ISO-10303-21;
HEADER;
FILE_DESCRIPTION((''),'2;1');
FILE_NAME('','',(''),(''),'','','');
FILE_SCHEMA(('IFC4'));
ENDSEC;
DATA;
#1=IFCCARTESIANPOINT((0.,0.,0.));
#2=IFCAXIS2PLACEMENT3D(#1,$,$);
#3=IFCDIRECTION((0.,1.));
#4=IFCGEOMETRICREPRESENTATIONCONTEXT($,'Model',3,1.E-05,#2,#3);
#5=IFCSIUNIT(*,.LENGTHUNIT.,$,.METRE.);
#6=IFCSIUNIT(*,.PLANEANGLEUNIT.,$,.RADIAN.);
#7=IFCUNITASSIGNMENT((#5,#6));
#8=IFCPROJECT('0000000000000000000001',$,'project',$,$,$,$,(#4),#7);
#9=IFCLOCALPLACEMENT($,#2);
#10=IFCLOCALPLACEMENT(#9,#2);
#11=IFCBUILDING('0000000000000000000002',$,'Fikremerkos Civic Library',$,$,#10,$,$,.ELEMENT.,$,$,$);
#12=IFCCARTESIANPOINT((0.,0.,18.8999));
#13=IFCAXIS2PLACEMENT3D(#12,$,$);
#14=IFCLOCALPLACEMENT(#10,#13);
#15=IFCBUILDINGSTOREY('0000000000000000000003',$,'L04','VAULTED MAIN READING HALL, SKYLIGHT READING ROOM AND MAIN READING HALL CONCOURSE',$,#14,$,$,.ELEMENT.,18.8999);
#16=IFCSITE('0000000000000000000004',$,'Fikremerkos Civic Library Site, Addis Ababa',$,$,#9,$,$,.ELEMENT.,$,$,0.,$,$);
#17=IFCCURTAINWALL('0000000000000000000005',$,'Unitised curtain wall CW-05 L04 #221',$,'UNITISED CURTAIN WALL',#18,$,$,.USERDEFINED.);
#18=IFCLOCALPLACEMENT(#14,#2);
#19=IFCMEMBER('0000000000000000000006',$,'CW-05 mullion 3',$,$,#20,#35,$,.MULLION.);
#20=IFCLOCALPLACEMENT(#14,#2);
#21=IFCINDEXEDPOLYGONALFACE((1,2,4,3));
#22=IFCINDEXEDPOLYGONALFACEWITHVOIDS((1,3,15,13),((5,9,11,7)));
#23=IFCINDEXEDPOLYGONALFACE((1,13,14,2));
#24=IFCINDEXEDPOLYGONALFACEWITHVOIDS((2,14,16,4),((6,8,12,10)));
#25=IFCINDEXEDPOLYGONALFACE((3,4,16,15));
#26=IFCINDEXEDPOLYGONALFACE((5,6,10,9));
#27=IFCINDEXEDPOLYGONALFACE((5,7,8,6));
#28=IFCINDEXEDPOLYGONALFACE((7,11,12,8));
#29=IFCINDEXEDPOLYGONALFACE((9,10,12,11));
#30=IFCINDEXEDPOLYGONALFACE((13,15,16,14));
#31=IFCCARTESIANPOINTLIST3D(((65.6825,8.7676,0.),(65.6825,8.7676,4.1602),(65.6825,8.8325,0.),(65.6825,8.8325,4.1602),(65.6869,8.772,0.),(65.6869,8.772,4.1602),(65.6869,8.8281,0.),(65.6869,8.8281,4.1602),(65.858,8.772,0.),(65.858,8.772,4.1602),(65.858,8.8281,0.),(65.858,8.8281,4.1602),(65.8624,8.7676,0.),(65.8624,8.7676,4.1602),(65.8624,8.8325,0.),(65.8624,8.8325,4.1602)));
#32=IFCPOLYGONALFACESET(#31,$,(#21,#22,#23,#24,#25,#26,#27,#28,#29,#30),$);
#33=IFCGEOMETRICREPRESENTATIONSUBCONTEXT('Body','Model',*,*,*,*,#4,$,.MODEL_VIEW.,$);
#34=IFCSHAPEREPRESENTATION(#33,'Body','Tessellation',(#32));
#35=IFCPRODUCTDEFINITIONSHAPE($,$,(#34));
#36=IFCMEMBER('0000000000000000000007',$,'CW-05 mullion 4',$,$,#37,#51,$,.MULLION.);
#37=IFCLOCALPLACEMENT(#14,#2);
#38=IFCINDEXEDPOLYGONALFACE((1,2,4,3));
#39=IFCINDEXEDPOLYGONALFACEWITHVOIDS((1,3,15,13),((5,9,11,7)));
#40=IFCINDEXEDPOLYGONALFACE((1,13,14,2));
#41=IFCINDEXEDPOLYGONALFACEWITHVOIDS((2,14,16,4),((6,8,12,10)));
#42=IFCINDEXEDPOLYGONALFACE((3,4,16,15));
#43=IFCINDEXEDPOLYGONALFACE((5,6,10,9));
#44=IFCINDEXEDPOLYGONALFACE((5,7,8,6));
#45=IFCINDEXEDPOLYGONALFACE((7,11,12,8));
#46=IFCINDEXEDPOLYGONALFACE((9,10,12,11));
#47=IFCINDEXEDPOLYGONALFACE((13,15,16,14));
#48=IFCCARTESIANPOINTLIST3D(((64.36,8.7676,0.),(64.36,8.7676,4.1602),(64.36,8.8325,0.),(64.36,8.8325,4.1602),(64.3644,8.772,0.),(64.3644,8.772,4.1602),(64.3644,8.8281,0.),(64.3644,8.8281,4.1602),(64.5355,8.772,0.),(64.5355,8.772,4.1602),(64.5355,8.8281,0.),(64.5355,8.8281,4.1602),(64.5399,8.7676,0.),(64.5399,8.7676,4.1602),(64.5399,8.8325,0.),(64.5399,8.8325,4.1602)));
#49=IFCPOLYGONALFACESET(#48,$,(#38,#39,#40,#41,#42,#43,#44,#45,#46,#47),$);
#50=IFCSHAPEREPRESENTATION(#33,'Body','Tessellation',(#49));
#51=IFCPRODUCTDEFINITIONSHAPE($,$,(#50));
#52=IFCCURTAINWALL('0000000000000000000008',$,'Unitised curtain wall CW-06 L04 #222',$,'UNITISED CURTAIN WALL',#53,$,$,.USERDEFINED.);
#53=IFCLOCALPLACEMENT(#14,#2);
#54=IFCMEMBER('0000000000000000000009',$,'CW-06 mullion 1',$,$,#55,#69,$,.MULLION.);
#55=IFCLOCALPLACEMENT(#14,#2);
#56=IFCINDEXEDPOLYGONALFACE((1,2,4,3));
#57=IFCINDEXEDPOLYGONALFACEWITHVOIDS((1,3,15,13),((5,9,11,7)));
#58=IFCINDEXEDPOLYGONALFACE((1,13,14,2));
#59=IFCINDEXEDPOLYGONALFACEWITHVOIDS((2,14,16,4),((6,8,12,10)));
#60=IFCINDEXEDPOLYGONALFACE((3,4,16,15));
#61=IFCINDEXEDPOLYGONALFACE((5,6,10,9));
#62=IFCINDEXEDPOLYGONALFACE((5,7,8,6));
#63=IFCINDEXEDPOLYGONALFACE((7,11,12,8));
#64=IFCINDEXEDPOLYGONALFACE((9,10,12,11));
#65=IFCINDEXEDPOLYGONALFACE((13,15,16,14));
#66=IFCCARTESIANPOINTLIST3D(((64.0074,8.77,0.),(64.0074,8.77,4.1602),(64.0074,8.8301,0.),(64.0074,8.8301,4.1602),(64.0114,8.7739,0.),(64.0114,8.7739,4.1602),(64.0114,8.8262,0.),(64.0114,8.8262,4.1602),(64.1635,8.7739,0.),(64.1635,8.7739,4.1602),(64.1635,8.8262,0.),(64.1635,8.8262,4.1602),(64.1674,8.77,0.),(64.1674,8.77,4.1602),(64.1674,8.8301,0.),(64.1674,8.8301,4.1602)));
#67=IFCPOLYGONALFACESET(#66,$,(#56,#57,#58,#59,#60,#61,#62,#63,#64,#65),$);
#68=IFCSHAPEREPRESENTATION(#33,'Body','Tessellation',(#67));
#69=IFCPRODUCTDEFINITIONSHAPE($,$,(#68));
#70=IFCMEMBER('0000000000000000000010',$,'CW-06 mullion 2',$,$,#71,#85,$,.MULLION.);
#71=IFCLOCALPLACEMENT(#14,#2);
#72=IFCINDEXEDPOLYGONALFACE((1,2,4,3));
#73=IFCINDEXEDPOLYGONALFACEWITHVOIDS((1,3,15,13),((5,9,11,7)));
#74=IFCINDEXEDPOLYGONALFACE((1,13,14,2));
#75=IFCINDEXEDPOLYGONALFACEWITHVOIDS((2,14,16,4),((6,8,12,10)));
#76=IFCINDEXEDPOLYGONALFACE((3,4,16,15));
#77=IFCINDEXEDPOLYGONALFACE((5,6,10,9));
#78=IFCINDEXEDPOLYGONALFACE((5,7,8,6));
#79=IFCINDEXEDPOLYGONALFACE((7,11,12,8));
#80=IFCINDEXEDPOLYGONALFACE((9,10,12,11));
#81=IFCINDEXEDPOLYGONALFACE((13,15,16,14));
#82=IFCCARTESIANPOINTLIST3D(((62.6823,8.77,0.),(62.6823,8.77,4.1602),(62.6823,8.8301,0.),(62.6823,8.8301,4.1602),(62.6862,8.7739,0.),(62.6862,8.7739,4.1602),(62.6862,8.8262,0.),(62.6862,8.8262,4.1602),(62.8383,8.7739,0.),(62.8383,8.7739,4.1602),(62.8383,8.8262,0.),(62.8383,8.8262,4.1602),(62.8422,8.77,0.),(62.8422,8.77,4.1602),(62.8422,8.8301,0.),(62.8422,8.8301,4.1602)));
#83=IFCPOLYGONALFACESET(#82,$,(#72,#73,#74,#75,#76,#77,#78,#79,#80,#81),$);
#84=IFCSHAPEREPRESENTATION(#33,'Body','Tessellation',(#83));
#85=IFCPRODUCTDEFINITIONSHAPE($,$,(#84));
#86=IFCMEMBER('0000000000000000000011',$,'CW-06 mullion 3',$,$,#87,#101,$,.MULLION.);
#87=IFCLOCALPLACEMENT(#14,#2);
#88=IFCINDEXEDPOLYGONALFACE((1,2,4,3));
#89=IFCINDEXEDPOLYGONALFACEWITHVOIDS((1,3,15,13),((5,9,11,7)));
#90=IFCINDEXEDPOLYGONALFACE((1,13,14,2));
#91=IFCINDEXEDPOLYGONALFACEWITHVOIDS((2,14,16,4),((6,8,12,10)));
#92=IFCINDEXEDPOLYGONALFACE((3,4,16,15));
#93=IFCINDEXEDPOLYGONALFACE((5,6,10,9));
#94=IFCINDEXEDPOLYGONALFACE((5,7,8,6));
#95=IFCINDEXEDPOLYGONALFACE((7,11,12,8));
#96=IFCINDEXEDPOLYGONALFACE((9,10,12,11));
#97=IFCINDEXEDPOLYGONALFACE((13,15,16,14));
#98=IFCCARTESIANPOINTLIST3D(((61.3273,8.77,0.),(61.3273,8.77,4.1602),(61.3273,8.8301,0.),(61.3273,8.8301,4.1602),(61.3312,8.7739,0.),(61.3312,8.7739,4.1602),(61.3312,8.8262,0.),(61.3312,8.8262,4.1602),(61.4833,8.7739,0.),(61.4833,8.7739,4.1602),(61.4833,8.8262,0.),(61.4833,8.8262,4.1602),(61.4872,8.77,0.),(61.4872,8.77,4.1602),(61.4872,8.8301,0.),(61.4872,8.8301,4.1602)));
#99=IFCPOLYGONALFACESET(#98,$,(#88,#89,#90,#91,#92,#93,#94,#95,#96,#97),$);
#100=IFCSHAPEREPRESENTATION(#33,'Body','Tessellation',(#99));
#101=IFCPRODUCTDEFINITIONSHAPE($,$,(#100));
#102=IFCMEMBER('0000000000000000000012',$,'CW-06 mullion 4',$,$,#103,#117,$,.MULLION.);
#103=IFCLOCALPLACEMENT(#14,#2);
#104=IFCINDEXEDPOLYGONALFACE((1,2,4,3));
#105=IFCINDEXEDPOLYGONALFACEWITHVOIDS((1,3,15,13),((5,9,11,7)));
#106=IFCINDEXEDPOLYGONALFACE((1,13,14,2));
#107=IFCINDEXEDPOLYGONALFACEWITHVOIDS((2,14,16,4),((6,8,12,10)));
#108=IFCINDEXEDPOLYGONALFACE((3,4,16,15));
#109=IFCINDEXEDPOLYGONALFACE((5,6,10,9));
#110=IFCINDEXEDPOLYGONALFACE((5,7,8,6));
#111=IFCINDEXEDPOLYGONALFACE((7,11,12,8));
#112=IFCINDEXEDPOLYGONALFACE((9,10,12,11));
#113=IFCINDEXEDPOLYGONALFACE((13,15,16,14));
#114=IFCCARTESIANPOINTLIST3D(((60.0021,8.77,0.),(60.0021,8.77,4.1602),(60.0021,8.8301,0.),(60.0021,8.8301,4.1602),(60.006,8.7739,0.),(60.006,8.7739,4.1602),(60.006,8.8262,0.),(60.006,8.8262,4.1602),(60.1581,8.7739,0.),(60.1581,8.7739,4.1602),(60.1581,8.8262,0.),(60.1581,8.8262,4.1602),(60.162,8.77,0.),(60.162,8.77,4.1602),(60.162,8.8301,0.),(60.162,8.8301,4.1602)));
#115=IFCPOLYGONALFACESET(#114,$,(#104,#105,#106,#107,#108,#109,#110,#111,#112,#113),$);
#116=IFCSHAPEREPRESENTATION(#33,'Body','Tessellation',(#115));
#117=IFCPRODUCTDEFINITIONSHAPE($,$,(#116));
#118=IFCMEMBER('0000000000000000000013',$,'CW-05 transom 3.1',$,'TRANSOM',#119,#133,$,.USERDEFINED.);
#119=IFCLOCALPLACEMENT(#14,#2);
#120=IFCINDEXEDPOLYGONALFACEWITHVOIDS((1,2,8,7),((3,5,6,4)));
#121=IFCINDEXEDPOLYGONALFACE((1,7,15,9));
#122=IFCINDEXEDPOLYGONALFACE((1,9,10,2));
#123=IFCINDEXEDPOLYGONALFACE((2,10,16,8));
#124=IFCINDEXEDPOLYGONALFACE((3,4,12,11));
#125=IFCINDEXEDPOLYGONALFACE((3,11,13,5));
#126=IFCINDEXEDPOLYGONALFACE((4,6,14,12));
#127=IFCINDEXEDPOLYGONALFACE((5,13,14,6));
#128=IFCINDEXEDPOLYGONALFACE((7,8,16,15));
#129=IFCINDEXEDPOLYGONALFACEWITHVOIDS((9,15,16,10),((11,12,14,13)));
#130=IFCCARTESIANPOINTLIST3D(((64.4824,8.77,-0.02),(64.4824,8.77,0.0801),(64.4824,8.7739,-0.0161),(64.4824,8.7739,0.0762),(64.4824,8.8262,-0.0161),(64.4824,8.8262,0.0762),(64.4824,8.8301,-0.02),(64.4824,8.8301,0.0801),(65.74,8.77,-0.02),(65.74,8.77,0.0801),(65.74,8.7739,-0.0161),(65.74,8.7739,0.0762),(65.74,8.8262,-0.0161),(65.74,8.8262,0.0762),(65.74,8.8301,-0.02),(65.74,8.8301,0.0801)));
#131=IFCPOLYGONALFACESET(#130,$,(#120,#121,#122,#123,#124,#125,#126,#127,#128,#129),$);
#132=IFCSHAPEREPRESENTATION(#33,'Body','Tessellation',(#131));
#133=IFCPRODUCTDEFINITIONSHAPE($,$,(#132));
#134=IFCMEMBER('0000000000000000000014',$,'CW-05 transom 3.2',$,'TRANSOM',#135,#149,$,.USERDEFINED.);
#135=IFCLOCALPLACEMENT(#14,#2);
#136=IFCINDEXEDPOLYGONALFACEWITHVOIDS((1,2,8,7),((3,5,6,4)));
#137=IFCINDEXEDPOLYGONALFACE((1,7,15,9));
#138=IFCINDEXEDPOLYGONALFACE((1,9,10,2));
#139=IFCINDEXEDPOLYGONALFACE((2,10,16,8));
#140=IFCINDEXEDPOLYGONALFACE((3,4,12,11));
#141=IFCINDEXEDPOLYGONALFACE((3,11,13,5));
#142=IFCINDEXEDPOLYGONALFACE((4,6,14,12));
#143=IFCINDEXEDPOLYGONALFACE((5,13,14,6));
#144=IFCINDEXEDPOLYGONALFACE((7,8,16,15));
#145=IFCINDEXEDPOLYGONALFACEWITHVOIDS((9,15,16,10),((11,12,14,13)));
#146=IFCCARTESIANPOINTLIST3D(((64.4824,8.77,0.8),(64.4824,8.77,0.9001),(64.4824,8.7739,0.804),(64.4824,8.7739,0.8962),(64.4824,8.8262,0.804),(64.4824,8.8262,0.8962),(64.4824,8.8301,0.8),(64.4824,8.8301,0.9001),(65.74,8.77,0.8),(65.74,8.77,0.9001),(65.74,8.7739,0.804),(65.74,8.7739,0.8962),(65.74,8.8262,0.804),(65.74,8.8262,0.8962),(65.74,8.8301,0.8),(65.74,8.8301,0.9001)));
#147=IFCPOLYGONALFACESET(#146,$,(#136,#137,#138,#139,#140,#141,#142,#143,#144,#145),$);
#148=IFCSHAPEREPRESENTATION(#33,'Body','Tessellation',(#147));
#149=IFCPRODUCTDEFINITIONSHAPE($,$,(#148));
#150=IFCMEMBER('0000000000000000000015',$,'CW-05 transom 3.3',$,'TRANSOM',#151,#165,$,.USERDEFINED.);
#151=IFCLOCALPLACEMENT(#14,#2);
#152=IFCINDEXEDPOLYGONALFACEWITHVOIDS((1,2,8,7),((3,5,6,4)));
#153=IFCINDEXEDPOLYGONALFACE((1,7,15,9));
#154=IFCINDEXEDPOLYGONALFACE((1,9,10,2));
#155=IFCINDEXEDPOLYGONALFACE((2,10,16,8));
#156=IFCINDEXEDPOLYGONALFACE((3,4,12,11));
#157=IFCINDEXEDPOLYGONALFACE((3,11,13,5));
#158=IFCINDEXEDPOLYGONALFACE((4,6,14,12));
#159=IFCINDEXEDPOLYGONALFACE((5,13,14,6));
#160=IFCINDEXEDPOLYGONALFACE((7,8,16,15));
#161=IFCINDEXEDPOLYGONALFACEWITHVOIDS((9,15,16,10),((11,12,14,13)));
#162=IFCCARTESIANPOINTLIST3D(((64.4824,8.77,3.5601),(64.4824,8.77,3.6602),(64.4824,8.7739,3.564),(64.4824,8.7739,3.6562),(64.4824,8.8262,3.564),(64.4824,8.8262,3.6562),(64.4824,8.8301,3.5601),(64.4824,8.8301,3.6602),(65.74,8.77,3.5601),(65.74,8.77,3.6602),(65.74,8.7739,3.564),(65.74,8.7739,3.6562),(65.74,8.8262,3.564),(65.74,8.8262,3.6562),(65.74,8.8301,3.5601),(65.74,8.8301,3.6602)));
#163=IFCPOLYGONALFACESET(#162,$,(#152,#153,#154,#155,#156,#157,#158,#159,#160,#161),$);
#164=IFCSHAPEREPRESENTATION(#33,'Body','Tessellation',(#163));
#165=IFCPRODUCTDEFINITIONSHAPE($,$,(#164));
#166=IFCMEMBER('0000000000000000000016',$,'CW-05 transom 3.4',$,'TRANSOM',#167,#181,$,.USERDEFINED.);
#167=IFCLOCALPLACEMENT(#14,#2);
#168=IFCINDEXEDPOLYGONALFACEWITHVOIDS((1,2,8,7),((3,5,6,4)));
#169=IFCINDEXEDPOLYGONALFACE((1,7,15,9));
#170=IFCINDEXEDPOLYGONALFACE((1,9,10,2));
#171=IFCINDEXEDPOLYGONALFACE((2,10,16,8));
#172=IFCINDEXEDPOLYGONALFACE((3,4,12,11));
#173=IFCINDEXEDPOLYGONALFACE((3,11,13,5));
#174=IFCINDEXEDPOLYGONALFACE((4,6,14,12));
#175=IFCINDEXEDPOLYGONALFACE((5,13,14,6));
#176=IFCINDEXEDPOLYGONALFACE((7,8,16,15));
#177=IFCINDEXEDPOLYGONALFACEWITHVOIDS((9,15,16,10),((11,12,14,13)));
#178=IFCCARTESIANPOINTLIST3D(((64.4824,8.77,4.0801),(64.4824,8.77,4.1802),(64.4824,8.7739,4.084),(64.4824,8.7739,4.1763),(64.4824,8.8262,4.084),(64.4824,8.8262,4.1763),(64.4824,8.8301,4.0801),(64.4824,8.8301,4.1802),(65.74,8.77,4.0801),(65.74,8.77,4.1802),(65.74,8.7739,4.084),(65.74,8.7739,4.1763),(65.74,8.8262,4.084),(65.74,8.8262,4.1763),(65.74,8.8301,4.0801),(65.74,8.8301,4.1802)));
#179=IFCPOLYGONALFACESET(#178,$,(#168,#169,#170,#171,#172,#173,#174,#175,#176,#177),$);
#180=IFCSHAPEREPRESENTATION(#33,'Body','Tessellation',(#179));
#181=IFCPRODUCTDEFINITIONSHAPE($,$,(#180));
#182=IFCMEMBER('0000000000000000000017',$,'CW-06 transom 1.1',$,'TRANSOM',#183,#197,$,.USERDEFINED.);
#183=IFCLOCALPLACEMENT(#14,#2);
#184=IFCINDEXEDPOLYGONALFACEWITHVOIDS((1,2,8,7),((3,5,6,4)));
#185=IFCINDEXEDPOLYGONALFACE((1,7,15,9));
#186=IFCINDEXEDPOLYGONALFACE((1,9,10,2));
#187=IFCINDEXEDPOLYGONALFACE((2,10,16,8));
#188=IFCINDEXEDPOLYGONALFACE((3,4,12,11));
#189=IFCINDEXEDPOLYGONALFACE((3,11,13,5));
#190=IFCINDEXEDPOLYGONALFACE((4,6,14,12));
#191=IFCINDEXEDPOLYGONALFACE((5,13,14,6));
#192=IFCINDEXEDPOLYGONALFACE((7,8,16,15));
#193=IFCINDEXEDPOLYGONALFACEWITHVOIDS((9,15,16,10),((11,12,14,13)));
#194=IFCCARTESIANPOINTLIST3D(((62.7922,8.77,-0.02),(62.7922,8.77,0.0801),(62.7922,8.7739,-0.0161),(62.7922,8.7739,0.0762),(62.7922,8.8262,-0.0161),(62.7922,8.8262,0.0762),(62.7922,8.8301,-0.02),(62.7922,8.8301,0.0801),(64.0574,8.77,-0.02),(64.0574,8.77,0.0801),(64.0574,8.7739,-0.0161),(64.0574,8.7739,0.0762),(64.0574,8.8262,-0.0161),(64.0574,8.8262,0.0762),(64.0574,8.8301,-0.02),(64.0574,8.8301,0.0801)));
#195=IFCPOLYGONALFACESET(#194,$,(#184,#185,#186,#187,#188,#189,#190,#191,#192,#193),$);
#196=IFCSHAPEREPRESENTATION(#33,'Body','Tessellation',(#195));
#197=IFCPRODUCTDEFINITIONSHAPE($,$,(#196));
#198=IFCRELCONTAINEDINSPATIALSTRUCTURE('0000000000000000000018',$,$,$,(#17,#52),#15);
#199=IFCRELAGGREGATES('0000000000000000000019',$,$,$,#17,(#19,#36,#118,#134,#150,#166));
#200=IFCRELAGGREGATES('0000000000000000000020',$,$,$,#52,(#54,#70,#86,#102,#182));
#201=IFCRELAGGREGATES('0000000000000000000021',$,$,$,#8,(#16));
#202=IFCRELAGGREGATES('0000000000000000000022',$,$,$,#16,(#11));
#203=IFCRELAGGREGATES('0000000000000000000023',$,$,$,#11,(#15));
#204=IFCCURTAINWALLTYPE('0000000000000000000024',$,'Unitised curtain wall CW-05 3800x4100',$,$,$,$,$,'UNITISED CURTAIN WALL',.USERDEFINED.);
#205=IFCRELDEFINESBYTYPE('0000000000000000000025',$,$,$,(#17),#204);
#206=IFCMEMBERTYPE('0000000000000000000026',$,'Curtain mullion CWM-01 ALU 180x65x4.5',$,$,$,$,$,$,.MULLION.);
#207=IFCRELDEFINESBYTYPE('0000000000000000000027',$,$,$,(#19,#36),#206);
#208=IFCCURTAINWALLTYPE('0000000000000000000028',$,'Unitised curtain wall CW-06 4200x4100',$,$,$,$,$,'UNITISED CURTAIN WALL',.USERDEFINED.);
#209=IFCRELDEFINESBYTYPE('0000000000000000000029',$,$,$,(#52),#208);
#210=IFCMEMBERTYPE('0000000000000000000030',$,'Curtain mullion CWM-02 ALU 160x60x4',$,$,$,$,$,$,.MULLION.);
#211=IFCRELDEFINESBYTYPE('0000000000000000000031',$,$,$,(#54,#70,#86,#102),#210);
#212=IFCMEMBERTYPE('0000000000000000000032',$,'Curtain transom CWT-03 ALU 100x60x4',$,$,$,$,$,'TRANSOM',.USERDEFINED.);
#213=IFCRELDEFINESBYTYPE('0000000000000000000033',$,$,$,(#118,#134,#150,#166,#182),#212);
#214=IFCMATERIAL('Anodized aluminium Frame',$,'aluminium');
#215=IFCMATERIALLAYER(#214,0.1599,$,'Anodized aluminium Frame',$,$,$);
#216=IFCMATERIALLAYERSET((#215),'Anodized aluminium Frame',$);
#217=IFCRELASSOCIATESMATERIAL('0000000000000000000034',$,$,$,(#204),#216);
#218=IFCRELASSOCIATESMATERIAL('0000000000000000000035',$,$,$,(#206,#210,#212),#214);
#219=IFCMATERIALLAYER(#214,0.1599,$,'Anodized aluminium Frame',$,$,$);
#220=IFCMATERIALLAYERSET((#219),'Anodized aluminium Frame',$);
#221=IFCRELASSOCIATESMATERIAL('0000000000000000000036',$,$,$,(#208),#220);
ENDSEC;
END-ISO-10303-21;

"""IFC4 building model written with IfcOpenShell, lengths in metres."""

from ifc_helpers import new_model, si_unit, direction, frame, origin, origin_2d, place, context, subcontext, project, spatial, hollow_rectangle, extrude, material, layer, layer_set, material_profile, profile_set, type_object, element, aggregate, save


model = new_model("IFC4")

# Units and contexts
model_context = context("Model", 3, precision=1e-05, world=origin(), true_north=direction((0.0, 1.0)))
body_context = subcontext(model_context, "Body", "Model", "MODEL_VIEW")
ifc_project = project(units=[si_unit("LENGTHUNIT", "METRE"), si_unit("PLANEANGLEUNIT", "RADIAN")], contexts=[model_context])

# Site, building, storey
site_placement = place(None, origin())
site = spatial("IfcSite", under=ifc_project, at=site_placement, Name="Fikremerkos Civic Library Site, Addis Ababa", CompositionType="ELEMENT", RefElevation=0.0)
building_placement = place(site_placement, origin())
building = spatial("IfcBuilding", under=site, at=building_placement, Name="Fikremerkos Civic Library", CompositionType="ELEMENT")
storey_placement = place(building_placement, frame((0.0, 0.0, 18.8999)))
storey = spatial("IfcBuildingStorey", under=building, at=storey_placement, Name="L04", Description="VAULTED MAIN READING HALL, SKYLIGHT READING ROOM AND MAIN READING HALL CONCOURSE", CompositionType="ELEMENT", Elevation=18.8999)

# Curtain walls, members
ifc_material_1 = material(Name="Anodized aluminium Frame", Category="aluminium")
ifc_layer_1 = layer(ifc_material_1, 0.1599, Name="Anodized aluminium Frame")
ifc_layer_set_1 = layer_set([ifc_layer_1], Name="Anodized aluminium Frame")
curtain_wall_type_1 = type_object("IfcCurtainWallType", Name="Unitised curtain wall CW-05 3800x4100", ElementType="UNITISED CURTAIN WALL", PredefinedType="USERDEFINED", material=ifc_layer_set_1)
curtain_wall_1_placement = place(storey_placement, origin())
curtain_wall_1 = element("IfcCurtainWall", 1, at=curtain_wall_1_placement, inside=storey, type_object=curtain_wall_type_1, Name="Unitised curtain wall CW-05 L04 #221", ObjectType="UNITISED CURTAIN WALL", PredefinedType="USERDEFINED")
ifc_material_profile_1 = material_profile(ifc_material_1, hollow_rectangle(XDim=0.0649, YDim=0.1799, WallThickness=0.0044, at=origin_2d()), Name="ALU 180x65x4.5")
ifc_profile_set_1 = profile_set([ifc_material_profile_1], Name="Anodized aluminium Frame")
member_type_1 = type_object("IfcMemberType", Name="Curtain mullion CWM-01 ALU 180x65x4.5", PredefinedType="MULLION", material=ifc_profile_set_1)
member_1_placement = place(storey_placement, frame((65.7725, 8.8, 0.0), z_axis=(0.0, 0.0, 1.0), x_axis=(0.0, -1.0, 0.0)))
member_1 = element("IfcMember", 2, at=member_1_placement, type_object=member_type_1, Name="CW-05 mullion 3", PredefinedType="MULLION", context=body_context, shape_type="SweptSolid", body=[
    extrude(hollow_rectangle(XDim=0.0649, YDim=0.1799, WallThickness=0.0044, at=origin_2d()), origin(), (0.0, 0.0, 1.0), 4.1602),
])
member_2_placement = place(storey_placement, frame((64.45, 8.8, 0.0), z_axis=(0.0, 0.0, 1.0), x_axis=(0.0, -1.0, 0.0)))
member_2 = element("IfcMember", 3, at=member_2_placement, type_object=member_type_1, Name="CW-05 mullion 4", PredefinedType="MULLION", context=body_context, shape_type="SweptSolid", body=[
    extrude(hollow_rectangle(XDim=0.0649, YDim=0.1799, WallThickness=0.0044, at=origin_2d()), origin(), (0.0, 0.0, 1.0), 4.1602),
])
ifc_layer_2 = layer(ifc_material_1, 0.1599, Name="Anodized aluminium Frame")
ifc_layer_set_2 = layer_set([ifc_layer_2], Name="Anodized aluminium Frame")
curtain_wall_type_2 = type_object("IfcCurtainWallType", Name="Unitised curtain wall CW-06 4200x4100", ElementType="UNITISED CURTAIN WALL", PredefinedType="USERDEFINED", material=ifc_layer_set_2)
curtain_wall_2_placement = place(storey_placement, origin())
curtain_wall_2 = element("IfcCurtainWall", 4, at=curtain_wall_2_placement, inside=storey, type_object=curtain_wall_type_2, Name="Unitised curtain wall CW-06 L04 #222", ObjectType="UNITISED CURTAIN WALL", PredefinedType="USERDEFINED")
ifc_material_profile_2 = material_profile(ifc_material_1, hollow_rectangle(XDim=0.0601, YDim=0.1599, WallThickness=0.0039, at=origin_2d()), Name="ALU 160x60x4")
ifc_profile_set_2 = profile_set([ifc_material_profile_2], Name="Anodized aluminium Frame")
member_type_2 = type_object("IfcMemberType", Name="Curtain mullion CWM-02 ALU 160x60x4", PredefinedType="MULLION", material=ifc_profile_set_2)
member_3_placement = place(storey_placement, frame((64.0874, 8.8, 0.0), z_axis=(0.0, 0.0, 1.0), x_axis=(0.0, -1.0, 0.0)))
member_3 = element("IfcMember", 5, at=member_3_placement, type_object=member_type_2, Name="CW-06 mullion 1", PredefinedType="MULLION", context=body_context, shape_type="SweptSolid", body=[
    extrude(hollow_rectangle(XDim=0.0601, YDim=0.1599, WallThickness=0.0039, at=origin_2d()), origin(), (0.0, 0.0, 1.0), 4.1602),
])
member_4_placement = place(storey_placement, frame((62.7622, 8.8, 0.0), z_axis=(0.0, 0.0, 1.0), x_axis=(0.0, -1.0, 0.0)))
member_4 = element("IfcMember", 6, at=member_4_placement, type_object=member_type_2, Name="CW-06 mullion 2", PredefinedType="MULLION", context=body_context, shape_type="SweptSolid", body=[
    extrude(hollow_rectangle(XDim=0.0601, YDim=0.1599, WallThickness=0.0039, at=origin_2d()), origin(), (0.0, 0.0, 1.0), 4.1602),
])
member_5_placement = place(storey_placement, frame((61.4072, 8.8, 0.0), z_axis=(0.0, 0.0, 1.0), x_axis=(0.0, -1.0, 0.0)))
member_5 = element("IfcMember", 7, at=member_5_placement, type_object=member_type_2, Name="CW-06 mullion 3", PredefinedType="MULLION", context=body_context, shape_type="SweptSolid", body=[
    extrude(hollow_rectangle(XDim=0.0601, YDim=0.1599, WallThickness=0.0039, at=origin_2d()), origin(), (0.0, 0.0, 1.0), 4.1602),
])
member_6_placement = place(storey_placement, frame((60.082, 8.8, 0.0), z_axis=(0.0, 0.0, 1.0), x_axis=(0.0, -1.0, 0.0)))
member_6 = element("IfcMember", 8, at=member_6_placement, type_object=member_type_2, Name="CW-06 mullion 4", PredefinedType="MULLION", context=body_context, shape_type="SweptSolid", body=[
    extrude(hollow_rectangle(XDim=0.0601, YDim=0.1599, WallThickness=0.0039, at=origin_2d()), origin(), (0.0, 0.0, 1.0), 4.1602),
])

# Members
ifc_material_profile_3 = material_profile(ifc_material_1, hollow_rectangle(XDim=0.0601, YDim=0.1001, WallThickness=0.0039, at=origin_2d()), Name="ALU 100x60x4")
ifc_profile_set_3 = profile_set([ifc_material_profile_3], Name="Anodized aluminium Frame")
member_type_3 = type_object("IfcMemberType", Name="Curtain transom CWT-03 ALU 100x60x4", ElementType="TRANSOM", PredefinedType="USERDEFINED", material=ifc_profile_set_3)
member_7_placement = place(storey_placement, frame((65.74, 8.8, 0.03), z_axis=(-1.0, 0.0, 0.0), x_axis=(0.0, -1.0, 0.0)))
member_7 = element("IfcMember", 9, at=member_7_placement, type_object=member_type_3, Name="CW-05 transom 3.1", ObjectType="TRANSOM", PredefinedType="USERDEFINED", context=body_context, shape_type="SweptSolid", body=[
    extrude(hollow_rectangle(XDim=0.0601, YDim=0.1001, WallThickness=0.0039, at=origin_2d()), origin(), (0.0, 0.0, 1.0), 1.2576),
])
member_8_placement = place(storey_placement, frame((65.74, 8.8, 0.8501), z_axis=(-1.0, 0.0, 0.0), x_axis=(0.0, -1.0, 0.0)))
member_8 = element("IfcMember", 10, at=member_8_placement, type_object=member_type_3, Name="CW-05 transom 3.2", ObjectType="TRANSOM", PredefinedType="USERDEFINED", context=body_context, shape_type="SweptSolid", body=[
    extrude(hollow_rectangle(XDim=0.0601, YDim=0.1001, WallThickness=0.0039, at=origin_2d()), origin(), (0.0, 0.0, 1.0), 1.2576),
])
member_9_placement = place(storey_placement, frame((65.74, 8.8, 3.6101), z_axis=(-1.0, 0.0, 0.0), x_axis=(0.0, -1.0, 0.0)))
member_9 = element("IfcMember", 11, at=member_9_placement, type_object=member_type_3, Name="CW-05 transom 3.3", ObjectType="TRANSOM", PredefinedType="USERDEFINED", context=body_context, shape_type="SweptSolid", body=[
    extrude(hollow_rectangle(XDim=0.0601, YDim=0.1001, WallThickness=0.0039, at=origin_2d()), origin(), (0.0, 0.0, 1.0), 1.2576),
])
member_10_placement = place(storey_placement, frame((65.74, 8.8, 4.1301), z_axis=(-1.0, 0.0, 0.0), x_axis=(0.0, -1.0, 0.0)))
member_10 = element("IfcMember", 12, at=member_10_placement, type_object=member_type_3, Name="CW-05 transom 3.4", ObjectType="TRANSOM", PredefinedType="USERDEFINED", context=body_context, shape_type="SweptSolid", body=[
    extrude(hollow_rectangle(XDim=0.0601, YDim=0.1001, WallThickness=0.0039, at=origin_2d()), origin(), (0.0, 0.0, 1.0), 1.2576),
])
member_11_placement = place(storey_placement, frame((64.0574, 8.8, 0.03), z_axis=(-1.0, 0.0, 0.0), x_axis=(0.0, -1.0, 0.0)))
member_11 = element("IfcMember", 13, at=member_11_placement, type_object=member_type_3, Name="CW-06 transom 1.1", ObjectType="TRANSOM", PredefinedType="USERDEFINED", context=body_context, shape_type="SweptSolid", body=[
    extrude(hollow_rectangle(XDim=0.0601, YDim=0.1001, WallThickness=0.0039, at=origin_2d()), origin(), (0.0, 0.0, 1.0), 1.2651),
])

aggregate(curtain_wall_1, [member_1, member_2, member_7, member_8, member_9, member_10])
aggregate(curtain_wall_2, [member_3, member_4, member_5, member_6, member_11])

save(model, "model.ifc")
